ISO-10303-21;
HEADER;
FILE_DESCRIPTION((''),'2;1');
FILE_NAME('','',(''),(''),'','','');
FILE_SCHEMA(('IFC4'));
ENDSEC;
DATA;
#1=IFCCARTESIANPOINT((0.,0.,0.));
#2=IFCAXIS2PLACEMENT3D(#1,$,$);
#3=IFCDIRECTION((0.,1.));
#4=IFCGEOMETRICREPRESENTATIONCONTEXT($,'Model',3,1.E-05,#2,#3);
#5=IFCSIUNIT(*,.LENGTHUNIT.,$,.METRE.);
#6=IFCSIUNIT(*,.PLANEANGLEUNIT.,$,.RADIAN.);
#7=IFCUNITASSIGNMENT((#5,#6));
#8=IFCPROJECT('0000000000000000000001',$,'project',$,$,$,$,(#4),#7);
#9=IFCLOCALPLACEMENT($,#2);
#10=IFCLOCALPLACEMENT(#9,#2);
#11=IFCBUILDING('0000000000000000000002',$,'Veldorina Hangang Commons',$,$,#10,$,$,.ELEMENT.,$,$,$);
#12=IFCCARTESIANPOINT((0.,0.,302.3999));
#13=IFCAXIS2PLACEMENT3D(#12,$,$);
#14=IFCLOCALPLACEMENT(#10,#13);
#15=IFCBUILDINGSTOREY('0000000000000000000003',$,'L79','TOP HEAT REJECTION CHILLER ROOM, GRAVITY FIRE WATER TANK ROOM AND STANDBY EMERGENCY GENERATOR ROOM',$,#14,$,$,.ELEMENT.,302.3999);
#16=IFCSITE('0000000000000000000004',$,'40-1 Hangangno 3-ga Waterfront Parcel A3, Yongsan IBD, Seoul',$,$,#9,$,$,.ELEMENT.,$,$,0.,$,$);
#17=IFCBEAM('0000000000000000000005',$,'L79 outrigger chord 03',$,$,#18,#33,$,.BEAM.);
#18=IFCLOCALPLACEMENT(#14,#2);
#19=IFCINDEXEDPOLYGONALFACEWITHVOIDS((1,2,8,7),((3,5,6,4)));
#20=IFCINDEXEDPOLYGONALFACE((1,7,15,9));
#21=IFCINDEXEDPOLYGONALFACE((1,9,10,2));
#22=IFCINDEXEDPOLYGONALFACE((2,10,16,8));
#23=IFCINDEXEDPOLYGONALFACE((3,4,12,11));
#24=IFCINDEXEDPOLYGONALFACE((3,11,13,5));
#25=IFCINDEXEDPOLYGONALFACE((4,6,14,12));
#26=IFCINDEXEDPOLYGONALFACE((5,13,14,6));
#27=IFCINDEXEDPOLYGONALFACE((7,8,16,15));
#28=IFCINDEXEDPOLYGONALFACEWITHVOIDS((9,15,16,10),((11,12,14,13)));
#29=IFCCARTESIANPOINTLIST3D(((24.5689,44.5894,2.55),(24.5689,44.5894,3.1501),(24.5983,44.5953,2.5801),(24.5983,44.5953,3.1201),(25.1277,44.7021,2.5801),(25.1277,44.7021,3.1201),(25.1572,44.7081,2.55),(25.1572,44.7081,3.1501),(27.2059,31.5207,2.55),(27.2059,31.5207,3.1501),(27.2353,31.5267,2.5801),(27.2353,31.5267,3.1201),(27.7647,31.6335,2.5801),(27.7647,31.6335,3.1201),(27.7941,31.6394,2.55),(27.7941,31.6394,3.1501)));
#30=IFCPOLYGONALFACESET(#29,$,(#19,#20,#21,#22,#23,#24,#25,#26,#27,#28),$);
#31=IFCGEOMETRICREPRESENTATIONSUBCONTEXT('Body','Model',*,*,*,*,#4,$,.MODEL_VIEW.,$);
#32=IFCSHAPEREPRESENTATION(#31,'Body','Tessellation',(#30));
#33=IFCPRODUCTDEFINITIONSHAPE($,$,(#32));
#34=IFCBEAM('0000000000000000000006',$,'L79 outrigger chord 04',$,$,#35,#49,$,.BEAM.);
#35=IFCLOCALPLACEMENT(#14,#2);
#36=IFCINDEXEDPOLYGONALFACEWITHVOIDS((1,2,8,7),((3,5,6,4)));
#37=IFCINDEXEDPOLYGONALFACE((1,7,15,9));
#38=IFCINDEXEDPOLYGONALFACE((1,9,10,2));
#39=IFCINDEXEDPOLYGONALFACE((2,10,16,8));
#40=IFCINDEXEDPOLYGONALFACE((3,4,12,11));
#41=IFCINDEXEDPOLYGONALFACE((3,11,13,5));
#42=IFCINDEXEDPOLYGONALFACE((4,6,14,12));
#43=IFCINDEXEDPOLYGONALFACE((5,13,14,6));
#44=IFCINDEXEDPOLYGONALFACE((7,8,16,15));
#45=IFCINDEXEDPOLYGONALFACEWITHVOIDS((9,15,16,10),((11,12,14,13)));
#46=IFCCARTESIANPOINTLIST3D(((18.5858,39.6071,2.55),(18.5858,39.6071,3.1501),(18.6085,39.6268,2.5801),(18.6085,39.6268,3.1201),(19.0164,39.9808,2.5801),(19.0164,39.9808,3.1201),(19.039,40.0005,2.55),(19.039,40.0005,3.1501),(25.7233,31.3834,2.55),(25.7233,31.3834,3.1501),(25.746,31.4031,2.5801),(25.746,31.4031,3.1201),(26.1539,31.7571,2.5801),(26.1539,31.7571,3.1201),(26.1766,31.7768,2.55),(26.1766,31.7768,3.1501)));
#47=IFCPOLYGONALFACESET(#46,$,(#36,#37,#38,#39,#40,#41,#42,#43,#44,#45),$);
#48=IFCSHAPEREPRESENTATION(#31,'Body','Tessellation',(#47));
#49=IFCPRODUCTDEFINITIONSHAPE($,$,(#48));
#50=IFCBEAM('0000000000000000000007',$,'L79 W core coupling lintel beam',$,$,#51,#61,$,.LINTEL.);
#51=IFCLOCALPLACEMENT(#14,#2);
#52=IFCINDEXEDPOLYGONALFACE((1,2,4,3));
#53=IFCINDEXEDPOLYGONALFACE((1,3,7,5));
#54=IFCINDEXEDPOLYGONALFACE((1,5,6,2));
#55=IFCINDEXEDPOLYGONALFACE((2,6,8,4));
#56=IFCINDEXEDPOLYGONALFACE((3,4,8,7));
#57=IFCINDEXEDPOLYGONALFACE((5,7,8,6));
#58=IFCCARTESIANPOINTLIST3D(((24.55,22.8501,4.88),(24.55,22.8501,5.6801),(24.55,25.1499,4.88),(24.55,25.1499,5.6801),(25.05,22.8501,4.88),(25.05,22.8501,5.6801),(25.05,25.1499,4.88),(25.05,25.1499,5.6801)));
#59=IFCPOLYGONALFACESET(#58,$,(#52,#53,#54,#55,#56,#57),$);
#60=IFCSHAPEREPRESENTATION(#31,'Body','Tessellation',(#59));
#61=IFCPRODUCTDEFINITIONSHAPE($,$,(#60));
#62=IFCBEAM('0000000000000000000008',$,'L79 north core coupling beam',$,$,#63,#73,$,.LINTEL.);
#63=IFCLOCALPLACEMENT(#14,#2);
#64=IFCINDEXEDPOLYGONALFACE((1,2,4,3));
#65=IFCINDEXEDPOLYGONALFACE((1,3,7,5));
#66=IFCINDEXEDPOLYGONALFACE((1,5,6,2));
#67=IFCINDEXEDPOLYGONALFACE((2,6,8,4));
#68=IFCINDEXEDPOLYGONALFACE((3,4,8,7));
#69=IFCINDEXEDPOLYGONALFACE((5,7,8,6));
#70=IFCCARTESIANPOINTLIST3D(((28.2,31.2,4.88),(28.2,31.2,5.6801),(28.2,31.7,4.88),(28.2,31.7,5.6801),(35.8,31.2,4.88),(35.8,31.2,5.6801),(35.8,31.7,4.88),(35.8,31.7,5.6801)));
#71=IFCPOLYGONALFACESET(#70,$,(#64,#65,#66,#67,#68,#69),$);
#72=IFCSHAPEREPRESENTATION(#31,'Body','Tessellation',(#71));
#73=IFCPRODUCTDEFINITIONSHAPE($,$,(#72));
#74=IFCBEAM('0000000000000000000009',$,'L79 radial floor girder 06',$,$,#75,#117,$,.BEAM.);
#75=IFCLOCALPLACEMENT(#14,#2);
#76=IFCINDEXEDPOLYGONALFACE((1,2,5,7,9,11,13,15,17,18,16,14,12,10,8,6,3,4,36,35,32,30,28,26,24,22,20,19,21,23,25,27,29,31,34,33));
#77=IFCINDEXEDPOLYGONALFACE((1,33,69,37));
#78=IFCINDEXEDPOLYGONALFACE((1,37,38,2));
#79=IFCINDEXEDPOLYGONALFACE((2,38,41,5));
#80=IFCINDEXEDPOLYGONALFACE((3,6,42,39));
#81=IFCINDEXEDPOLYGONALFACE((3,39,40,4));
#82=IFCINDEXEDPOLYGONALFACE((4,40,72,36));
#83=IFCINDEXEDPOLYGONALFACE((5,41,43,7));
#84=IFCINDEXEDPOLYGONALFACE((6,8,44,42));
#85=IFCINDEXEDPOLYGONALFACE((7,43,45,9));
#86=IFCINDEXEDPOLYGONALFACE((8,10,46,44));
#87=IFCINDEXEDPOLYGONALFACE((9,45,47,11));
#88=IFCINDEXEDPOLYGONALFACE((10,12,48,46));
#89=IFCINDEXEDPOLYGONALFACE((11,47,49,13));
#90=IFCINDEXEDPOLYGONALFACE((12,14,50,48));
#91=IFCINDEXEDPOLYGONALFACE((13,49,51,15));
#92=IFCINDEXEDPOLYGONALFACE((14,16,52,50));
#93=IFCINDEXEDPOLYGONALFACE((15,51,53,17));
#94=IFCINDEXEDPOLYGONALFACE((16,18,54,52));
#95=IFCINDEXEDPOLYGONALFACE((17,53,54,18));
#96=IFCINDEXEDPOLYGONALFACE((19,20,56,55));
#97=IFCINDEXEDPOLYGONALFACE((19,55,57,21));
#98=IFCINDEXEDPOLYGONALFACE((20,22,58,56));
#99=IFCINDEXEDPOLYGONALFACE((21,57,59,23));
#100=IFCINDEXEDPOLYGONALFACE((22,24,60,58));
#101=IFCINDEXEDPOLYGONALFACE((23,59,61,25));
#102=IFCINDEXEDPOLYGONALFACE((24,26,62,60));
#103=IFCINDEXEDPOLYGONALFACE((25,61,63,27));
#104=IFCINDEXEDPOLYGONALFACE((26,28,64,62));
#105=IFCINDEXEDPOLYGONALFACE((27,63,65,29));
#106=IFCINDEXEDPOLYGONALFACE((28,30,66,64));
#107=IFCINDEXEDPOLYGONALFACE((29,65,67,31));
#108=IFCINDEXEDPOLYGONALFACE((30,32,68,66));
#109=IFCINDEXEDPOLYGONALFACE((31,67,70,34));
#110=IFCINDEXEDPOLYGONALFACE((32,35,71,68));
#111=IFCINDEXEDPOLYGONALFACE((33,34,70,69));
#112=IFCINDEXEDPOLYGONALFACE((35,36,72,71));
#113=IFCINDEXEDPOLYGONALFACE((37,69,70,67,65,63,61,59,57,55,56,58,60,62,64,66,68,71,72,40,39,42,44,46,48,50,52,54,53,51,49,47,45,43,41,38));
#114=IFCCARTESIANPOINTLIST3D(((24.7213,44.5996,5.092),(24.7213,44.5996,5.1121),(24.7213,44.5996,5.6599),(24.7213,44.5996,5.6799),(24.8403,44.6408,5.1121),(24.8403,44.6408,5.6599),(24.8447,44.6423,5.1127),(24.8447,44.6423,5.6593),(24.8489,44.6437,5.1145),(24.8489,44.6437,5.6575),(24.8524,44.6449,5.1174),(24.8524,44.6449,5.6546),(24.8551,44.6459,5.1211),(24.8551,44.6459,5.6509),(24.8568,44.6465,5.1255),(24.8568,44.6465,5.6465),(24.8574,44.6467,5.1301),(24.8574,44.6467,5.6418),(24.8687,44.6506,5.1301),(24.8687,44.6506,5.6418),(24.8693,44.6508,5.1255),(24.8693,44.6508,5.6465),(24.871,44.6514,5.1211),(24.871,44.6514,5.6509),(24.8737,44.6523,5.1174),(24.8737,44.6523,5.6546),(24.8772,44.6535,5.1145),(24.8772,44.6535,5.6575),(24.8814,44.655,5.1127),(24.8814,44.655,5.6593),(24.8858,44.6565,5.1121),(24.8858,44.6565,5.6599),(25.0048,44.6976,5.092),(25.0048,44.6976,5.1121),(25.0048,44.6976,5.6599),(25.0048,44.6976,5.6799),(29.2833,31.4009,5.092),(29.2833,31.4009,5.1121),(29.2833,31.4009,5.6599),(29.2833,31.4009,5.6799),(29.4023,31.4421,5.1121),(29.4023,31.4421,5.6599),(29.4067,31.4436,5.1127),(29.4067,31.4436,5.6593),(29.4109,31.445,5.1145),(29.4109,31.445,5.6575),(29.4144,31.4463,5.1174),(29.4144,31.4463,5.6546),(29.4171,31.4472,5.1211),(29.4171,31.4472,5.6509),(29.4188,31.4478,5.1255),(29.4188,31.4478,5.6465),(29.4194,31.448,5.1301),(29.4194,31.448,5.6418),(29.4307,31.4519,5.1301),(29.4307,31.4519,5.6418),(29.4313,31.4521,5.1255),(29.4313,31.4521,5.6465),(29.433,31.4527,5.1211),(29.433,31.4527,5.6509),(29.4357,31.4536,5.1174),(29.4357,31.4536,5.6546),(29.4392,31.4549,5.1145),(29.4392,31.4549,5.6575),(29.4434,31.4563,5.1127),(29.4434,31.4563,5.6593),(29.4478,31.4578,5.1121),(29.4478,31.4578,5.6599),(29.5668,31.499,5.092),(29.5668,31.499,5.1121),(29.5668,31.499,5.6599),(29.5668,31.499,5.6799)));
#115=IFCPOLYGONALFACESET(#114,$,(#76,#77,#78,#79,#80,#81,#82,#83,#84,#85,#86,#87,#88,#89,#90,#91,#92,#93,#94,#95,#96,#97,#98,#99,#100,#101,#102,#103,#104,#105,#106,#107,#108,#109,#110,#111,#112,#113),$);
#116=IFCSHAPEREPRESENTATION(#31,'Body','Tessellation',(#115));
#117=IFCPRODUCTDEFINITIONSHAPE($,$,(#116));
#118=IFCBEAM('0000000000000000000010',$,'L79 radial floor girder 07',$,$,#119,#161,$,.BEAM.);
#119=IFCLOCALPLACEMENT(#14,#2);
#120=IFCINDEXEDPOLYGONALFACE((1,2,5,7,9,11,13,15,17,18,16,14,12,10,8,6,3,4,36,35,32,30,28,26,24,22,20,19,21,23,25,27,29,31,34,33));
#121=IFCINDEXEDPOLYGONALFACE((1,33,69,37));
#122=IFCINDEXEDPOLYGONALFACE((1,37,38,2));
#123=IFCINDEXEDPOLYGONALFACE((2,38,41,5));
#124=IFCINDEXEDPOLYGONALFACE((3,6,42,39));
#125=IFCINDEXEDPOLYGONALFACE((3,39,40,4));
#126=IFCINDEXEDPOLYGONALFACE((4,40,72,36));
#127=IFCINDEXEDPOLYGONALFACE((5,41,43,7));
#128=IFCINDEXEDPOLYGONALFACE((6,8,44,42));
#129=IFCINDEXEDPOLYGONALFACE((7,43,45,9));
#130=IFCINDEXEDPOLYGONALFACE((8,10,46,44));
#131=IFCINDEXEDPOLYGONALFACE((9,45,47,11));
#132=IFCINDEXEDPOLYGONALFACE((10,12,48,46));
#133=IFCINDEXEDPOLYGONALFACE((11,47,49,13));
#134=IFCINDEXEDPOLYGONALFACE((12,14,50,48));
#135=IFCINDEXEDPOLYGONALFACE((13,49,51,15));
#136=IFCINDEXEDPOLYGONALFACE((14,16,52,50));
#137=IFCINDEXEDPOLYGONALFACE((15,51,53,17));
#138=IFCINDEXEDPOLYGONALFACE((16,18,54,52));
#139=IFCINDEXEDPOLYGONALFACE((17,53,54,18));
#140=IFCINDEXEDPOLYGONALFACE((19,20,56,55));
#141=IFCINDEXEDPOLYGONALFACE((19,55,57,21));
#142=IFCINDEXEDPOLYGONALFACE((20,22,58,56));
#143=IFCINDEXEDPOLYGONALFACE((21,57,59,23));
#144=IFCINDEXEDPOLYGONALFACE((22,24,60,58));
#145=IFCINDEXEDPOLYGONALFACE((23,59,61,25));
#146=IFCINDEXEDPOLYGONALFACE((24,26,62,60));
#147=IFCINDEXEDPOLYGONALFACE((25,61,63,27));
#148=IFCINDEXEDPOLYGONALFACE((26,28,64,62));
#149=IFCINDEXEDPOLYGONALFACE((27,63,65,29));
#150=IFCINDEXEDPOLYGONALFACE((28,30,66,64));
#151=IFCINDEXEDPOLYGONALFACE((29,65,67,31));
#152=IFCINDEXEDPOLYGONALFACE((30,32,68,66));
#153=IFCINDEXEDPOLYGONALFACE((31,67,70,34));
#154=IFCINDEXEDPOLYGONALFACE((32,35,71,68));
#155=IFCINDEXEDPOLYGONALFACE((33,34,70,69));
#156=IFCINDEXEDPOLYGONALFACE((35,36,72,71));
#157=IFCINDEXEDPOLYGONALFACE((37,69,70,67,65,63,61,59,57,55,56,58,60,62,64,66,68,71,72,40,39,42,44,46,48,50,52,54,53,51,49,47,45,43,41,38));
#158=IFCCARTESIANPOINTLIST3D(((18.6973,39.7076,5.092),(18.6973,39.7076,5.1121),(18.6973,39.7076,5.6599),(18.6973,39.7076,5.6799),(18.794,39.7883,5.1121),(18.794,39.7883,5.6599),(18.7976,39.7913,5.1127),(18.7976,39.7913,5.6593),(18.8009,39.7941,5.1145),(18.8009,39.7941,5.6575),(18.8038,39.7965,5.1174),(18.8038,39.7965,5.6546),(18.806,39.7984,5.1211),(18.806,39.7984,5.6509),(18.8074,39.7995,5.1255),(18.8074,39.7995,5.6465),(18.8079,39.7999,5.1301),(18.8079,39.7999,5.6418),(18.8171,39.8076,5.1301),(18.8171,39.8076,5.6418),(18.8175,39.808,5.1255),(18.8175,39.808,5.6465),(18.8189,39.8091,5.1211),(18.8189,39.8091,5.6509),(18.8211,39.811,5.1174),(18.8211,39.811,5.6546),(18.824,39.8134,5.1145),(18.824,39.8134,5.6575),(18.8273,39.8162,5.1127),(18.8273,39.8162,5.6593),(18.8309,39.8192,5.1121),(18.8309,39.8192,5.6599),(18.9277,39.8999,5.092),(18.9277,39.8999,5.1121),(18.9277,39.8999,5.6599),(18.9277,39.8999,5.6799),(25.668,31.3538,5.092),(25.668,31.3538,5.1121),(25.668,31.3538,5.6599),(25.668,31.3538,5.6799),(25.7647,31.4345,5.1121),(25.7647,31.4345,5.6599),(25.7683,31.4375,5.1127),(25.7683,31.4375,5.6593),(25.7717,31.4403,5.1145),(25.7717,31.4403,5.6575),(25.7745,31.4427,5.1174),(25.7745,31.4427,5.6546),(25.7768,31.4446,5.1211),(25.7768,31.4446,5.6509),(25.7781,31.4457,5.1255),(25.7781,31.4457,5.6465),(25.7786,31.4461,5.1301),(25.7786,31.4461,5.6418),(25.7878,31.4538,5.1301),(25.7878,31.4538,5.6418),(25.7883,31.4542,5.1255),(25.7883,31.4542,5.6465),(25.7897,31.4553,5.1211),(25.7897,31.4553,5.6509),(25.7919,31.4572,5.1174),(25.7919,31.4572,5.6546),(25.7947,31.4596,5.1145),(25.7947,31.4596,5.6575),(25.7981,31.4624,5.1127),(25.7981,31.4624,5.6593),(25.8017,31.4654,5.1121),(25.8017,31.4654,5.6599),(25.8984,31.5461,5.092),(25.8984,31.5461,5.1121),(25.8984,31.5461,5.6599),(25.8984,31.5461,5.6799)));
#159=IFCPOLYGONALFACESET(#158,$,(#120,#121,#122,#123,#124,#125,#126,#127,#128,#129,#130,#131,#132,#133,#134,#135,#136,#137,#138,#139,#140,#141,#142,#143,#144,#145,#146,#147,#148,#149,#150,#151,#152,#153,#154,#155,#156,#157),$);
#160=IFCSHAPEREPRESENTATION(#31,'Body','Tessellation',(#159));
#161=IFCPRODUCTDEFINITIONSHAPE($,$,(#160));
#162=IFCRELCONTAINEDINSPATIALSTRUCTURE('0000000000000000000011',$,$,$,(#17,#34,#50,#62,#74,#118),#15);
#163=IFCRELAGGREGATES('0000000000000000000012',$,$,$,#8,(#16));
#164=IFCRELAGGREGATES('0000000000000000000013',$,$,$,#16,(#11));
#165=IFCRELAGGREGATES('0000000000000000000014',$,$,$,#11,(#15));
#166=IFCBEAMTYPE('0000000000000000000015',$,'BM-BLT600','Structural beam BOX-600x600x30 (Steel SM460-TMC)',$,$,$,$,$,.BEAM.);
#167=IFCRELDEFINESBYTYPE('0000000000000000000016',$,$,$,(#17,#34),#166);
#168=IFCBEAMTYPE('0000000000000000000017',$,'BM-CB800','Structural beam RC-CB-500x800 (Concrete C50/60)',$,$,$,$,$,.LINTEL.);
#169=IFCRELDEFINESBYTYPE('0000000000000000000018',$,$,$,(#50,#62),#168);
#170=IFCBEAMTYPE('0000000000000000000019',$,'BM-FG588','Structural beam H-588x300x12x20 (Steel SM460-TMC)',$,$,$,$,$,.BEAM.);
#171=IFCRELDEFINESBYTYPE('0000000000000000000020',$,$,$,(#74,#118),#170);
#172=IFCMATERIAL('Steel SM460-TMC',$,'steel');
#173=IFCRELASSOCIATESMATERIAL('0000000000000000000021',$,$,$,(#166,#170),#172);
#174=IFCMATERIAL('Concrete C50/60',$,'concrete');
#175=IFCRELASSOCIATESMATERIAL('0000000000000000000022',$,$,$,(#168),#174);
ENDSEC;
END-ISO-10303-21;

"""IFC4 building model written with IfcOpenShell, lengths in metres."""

from ifc_helpers import new_model, si_unit, direction, frame, origin, origin_2d, place, context, subcontext, project, spatial, rectangle, hollow_rectangle, i_section, extrude, material, material_profile, profile_set, type_object, element, save


model = new_model("IFC4")

# Units and contexts
model_context = context("Model", 3, precision=1e-05, world=origin(), true_north=direction((0.0, 1.0)))
body_context = subcontext(model_context, "Body", "Model", "MODEL_VIEW")
ifc_project = project(units=[si_unit("LENGTHUNIT", "METRE"), si_unit("PLANEANGLEUNIT", "RADIAN")], contexts=[model_context])

# Site, building, storey
site_placement = place(None, origin())
site = spatial("IfcSite", under=ifc_project, at=site_placement, Name="40-1 Hangangno 3-ga Waterfront Parcel A3, Yongsan IBD, Seoul", CompositionType="ELEMENT", RefElevation=0.0)
building_placement = place(site_placement, origin())
building = spatial("IfcBuilding", under=site, at=building_placement, Name="Veldorina Hangang Commons", CompositionType="ELEMENT")
storey_placement = place(building_placement, frame((0.0, 0.0, 302.3999)))
storey = spatial("IfcBuildingStorey", under=building, at=storey_placement, Name="L79", Description="TOP HEAT REJECTION CHILLER ROOM, GRAVITY FIRE WATER TANK ROOM AND STANDBY EMERGENCY GENERATOR ROOM", CompositionType="ELEMENT", Elevation=302.3999)

# Beams
ifc_material_1 = material(Name="Steel SM460-TMC", Category="steel")
ifc_material_profile_1 = material_profile(ifc_material_1, hollow_rectangle(XDim=0.6001, YDim=0.6001, WallThickness=0.03, at=origin_2d()), Name="BOX-600x600x30")
ifc_profile_set_1 = profile_set([ifc_material_profile_1], Name="Steel SM460-TMC")
beam_type_1 = type_object("IfcBeamType", Name="BM-BLT600", Description="Structural beam BOX-600x600x30 (Steel SM460-TMC)", PredefinedType="BEAM", material=ifc_profile_set_1)
beam_1_placement = place(storey_placement, frame((27.5, 31.5801, 2.8501), z_axis=(-0.197792, 0.980244, 0.0), x_axis=(-0.980244, -0.197792, 0.0)))
element("IfcBeam", 1, at=beam_1_placement, inside=storey, type_object=beam_type_1, Name="L79 outrigger chord 03", PredefinedType="BEAM", context=body_context, shape_type="SweptSolid", body=[
    extrude(hollow_rectangle(XDim=0.6001, YDim=0.6001, WallThickness=0.03, at=origin_2d()), origin(), (0.0, 0.0, 1.0), 13.332),
])
beam_2_placement = place(storey_placement, frame((25.95, 31.5801, 2.8501), z_axis=(-0.655471, 0.755221, 0.0), x_axis=(-0.755221, -0.655471, 0.0)))
element("IfcBeam", 2, at=beam_2_placement, inside=storey, type_object=beam_type_1, Name="L79 outrigger chord 04", PredefinedType="BEAM", context=body_context, shape_type="SweptSolid", body=[
    extrude(hollow_rectangle(XDim=0.6001, YDim=0.6001, WallThickness=0.03, at=origin_2d()), origin(), (0.0, 0.0, 1.0), 10.8892),
])
ifc_material_2 = material(Name="Concrete C50/60", Category="concrete")
ifc_material_profile_2 = material_profile(ifc_material_2, rectangle(XDim=0.5, YDim=0.8, at=origin_2d()), Name="RC-CB-500x800")
ifc_profile_set_2 = profile_set([ifc_material_profile_2], Name="Concrete C50/60")
beam_type_2 = type_object("IfcBeamType", Name="BM-CB800", Description="Structural beam RC-CB-500x800 (Concrete C50/60)", PredefinedType="LINTEL", material=ifc_profile_set_2)
beam_3_placement = place(storey_placement, frame((24.8, 22.8501, 5.28), z_axis=(0.0, 1.0, 0.0), x_axis=(-1.0, 0.0, 0.0)))
element("IfcBeam", 3, at=beam_3_placement, inside=storey, type_object=beam_type_2, Name="L79 W core coupling lintel beam", PredefinedType="LINTEL", context=body_context, shape_type="SweptSolid", body=[
    extrude(rectangle(XDim=0.5, YDim=0.8, at=origin_2d()), origin(), (0.0, 0.0, 1.0), 2.2998),
])
beam_4_placement = place(storey_placement, frame((28.2, 31.45, 5.28), z_axis=(1.0, 0.0, 0.0), x_axis=(0.0, 1.0, 0.0)))
element("IfcBeam", 4, at=beam_4_placement, inside=storey, type_object=beam_type_2, Name="L79 north core coupling beam", PredefinedType="LINTEL", context=body_context, shape_type="SweptSolid", body=[
    extrude(rectangle(XDim=0.5, YDim=0.8, at=origin_2d()), origin(), (0.0, 0.0, 1.0), 7.6001),
])
ifc_material_profile_3 = material_profile(ifc_material_1, i_section(OverallWidth=0.3, OverallDepth=0.5879, WebThickness=0.012, FlangeThickness=0.02, FilletRadius=0.0181, at=origin_2d()), Name="H-588x300x12x20")
ifc_profile_set_3 = profile_set([ifc_material_profile_3], Name="Steel SM460-TMC")
beam_type_3 = type_object("IfcBeamType", Name="BM-FG588", Description="Structural beam H-588x300x12x20 (Steel SM460-TMC)", PredefinedType="BEAM", material=ifc_profile_set_3)
beam_5_placement = place(storey_placement, frame((29.425, 31.45, 5.386), z_axis=(-0.326677, 0.945136, 0.0), x_axis=(-0.945136, -0.326677, 0.0)))
element("IfcBeam", 5, at=beam_5_placement, inside=storey, type_object=beam_type_3, Name="L79 radial floor girder 06", PredefinedType="BEAM", context=body_context, shape_type="SweptSolid", body=[
    extrude(i_section(OverallWidth=0.3, OverallDepth=0.5879, WebThickness=0.012, FlangeThickness=0.02, FilletRadius=0.0181, at=origin_2d()), origin(), (0.0, 0.0, 1.0), 13.9648),
])
beam_6_placement = place(storey_placement, frame((25.7832, 31.45, 5.386), z_axis=(-0.640685, 0.767804, 0.0), x_axis=(-0.767804, -0.640685, 0.0)))
element("IfcBeam", 6, at=beam_6_placement, inside=storey, type_object=beam_type_3, Name="L79 radial floor girder 07", PredefinedType="BEAM", context=body_context, shape_type="SweptSolid", body=[
    extrude(i_section(OverallWidth=0.3, OverallDepth=0.5879, WebThickness=0.012, FlangeThickness=0.02, FilletRadius=0.0181, at=origin_2d()), origin(), (0.0, 0.0, 1.0), 10.8801),
])

save(model, "model.ifc")
